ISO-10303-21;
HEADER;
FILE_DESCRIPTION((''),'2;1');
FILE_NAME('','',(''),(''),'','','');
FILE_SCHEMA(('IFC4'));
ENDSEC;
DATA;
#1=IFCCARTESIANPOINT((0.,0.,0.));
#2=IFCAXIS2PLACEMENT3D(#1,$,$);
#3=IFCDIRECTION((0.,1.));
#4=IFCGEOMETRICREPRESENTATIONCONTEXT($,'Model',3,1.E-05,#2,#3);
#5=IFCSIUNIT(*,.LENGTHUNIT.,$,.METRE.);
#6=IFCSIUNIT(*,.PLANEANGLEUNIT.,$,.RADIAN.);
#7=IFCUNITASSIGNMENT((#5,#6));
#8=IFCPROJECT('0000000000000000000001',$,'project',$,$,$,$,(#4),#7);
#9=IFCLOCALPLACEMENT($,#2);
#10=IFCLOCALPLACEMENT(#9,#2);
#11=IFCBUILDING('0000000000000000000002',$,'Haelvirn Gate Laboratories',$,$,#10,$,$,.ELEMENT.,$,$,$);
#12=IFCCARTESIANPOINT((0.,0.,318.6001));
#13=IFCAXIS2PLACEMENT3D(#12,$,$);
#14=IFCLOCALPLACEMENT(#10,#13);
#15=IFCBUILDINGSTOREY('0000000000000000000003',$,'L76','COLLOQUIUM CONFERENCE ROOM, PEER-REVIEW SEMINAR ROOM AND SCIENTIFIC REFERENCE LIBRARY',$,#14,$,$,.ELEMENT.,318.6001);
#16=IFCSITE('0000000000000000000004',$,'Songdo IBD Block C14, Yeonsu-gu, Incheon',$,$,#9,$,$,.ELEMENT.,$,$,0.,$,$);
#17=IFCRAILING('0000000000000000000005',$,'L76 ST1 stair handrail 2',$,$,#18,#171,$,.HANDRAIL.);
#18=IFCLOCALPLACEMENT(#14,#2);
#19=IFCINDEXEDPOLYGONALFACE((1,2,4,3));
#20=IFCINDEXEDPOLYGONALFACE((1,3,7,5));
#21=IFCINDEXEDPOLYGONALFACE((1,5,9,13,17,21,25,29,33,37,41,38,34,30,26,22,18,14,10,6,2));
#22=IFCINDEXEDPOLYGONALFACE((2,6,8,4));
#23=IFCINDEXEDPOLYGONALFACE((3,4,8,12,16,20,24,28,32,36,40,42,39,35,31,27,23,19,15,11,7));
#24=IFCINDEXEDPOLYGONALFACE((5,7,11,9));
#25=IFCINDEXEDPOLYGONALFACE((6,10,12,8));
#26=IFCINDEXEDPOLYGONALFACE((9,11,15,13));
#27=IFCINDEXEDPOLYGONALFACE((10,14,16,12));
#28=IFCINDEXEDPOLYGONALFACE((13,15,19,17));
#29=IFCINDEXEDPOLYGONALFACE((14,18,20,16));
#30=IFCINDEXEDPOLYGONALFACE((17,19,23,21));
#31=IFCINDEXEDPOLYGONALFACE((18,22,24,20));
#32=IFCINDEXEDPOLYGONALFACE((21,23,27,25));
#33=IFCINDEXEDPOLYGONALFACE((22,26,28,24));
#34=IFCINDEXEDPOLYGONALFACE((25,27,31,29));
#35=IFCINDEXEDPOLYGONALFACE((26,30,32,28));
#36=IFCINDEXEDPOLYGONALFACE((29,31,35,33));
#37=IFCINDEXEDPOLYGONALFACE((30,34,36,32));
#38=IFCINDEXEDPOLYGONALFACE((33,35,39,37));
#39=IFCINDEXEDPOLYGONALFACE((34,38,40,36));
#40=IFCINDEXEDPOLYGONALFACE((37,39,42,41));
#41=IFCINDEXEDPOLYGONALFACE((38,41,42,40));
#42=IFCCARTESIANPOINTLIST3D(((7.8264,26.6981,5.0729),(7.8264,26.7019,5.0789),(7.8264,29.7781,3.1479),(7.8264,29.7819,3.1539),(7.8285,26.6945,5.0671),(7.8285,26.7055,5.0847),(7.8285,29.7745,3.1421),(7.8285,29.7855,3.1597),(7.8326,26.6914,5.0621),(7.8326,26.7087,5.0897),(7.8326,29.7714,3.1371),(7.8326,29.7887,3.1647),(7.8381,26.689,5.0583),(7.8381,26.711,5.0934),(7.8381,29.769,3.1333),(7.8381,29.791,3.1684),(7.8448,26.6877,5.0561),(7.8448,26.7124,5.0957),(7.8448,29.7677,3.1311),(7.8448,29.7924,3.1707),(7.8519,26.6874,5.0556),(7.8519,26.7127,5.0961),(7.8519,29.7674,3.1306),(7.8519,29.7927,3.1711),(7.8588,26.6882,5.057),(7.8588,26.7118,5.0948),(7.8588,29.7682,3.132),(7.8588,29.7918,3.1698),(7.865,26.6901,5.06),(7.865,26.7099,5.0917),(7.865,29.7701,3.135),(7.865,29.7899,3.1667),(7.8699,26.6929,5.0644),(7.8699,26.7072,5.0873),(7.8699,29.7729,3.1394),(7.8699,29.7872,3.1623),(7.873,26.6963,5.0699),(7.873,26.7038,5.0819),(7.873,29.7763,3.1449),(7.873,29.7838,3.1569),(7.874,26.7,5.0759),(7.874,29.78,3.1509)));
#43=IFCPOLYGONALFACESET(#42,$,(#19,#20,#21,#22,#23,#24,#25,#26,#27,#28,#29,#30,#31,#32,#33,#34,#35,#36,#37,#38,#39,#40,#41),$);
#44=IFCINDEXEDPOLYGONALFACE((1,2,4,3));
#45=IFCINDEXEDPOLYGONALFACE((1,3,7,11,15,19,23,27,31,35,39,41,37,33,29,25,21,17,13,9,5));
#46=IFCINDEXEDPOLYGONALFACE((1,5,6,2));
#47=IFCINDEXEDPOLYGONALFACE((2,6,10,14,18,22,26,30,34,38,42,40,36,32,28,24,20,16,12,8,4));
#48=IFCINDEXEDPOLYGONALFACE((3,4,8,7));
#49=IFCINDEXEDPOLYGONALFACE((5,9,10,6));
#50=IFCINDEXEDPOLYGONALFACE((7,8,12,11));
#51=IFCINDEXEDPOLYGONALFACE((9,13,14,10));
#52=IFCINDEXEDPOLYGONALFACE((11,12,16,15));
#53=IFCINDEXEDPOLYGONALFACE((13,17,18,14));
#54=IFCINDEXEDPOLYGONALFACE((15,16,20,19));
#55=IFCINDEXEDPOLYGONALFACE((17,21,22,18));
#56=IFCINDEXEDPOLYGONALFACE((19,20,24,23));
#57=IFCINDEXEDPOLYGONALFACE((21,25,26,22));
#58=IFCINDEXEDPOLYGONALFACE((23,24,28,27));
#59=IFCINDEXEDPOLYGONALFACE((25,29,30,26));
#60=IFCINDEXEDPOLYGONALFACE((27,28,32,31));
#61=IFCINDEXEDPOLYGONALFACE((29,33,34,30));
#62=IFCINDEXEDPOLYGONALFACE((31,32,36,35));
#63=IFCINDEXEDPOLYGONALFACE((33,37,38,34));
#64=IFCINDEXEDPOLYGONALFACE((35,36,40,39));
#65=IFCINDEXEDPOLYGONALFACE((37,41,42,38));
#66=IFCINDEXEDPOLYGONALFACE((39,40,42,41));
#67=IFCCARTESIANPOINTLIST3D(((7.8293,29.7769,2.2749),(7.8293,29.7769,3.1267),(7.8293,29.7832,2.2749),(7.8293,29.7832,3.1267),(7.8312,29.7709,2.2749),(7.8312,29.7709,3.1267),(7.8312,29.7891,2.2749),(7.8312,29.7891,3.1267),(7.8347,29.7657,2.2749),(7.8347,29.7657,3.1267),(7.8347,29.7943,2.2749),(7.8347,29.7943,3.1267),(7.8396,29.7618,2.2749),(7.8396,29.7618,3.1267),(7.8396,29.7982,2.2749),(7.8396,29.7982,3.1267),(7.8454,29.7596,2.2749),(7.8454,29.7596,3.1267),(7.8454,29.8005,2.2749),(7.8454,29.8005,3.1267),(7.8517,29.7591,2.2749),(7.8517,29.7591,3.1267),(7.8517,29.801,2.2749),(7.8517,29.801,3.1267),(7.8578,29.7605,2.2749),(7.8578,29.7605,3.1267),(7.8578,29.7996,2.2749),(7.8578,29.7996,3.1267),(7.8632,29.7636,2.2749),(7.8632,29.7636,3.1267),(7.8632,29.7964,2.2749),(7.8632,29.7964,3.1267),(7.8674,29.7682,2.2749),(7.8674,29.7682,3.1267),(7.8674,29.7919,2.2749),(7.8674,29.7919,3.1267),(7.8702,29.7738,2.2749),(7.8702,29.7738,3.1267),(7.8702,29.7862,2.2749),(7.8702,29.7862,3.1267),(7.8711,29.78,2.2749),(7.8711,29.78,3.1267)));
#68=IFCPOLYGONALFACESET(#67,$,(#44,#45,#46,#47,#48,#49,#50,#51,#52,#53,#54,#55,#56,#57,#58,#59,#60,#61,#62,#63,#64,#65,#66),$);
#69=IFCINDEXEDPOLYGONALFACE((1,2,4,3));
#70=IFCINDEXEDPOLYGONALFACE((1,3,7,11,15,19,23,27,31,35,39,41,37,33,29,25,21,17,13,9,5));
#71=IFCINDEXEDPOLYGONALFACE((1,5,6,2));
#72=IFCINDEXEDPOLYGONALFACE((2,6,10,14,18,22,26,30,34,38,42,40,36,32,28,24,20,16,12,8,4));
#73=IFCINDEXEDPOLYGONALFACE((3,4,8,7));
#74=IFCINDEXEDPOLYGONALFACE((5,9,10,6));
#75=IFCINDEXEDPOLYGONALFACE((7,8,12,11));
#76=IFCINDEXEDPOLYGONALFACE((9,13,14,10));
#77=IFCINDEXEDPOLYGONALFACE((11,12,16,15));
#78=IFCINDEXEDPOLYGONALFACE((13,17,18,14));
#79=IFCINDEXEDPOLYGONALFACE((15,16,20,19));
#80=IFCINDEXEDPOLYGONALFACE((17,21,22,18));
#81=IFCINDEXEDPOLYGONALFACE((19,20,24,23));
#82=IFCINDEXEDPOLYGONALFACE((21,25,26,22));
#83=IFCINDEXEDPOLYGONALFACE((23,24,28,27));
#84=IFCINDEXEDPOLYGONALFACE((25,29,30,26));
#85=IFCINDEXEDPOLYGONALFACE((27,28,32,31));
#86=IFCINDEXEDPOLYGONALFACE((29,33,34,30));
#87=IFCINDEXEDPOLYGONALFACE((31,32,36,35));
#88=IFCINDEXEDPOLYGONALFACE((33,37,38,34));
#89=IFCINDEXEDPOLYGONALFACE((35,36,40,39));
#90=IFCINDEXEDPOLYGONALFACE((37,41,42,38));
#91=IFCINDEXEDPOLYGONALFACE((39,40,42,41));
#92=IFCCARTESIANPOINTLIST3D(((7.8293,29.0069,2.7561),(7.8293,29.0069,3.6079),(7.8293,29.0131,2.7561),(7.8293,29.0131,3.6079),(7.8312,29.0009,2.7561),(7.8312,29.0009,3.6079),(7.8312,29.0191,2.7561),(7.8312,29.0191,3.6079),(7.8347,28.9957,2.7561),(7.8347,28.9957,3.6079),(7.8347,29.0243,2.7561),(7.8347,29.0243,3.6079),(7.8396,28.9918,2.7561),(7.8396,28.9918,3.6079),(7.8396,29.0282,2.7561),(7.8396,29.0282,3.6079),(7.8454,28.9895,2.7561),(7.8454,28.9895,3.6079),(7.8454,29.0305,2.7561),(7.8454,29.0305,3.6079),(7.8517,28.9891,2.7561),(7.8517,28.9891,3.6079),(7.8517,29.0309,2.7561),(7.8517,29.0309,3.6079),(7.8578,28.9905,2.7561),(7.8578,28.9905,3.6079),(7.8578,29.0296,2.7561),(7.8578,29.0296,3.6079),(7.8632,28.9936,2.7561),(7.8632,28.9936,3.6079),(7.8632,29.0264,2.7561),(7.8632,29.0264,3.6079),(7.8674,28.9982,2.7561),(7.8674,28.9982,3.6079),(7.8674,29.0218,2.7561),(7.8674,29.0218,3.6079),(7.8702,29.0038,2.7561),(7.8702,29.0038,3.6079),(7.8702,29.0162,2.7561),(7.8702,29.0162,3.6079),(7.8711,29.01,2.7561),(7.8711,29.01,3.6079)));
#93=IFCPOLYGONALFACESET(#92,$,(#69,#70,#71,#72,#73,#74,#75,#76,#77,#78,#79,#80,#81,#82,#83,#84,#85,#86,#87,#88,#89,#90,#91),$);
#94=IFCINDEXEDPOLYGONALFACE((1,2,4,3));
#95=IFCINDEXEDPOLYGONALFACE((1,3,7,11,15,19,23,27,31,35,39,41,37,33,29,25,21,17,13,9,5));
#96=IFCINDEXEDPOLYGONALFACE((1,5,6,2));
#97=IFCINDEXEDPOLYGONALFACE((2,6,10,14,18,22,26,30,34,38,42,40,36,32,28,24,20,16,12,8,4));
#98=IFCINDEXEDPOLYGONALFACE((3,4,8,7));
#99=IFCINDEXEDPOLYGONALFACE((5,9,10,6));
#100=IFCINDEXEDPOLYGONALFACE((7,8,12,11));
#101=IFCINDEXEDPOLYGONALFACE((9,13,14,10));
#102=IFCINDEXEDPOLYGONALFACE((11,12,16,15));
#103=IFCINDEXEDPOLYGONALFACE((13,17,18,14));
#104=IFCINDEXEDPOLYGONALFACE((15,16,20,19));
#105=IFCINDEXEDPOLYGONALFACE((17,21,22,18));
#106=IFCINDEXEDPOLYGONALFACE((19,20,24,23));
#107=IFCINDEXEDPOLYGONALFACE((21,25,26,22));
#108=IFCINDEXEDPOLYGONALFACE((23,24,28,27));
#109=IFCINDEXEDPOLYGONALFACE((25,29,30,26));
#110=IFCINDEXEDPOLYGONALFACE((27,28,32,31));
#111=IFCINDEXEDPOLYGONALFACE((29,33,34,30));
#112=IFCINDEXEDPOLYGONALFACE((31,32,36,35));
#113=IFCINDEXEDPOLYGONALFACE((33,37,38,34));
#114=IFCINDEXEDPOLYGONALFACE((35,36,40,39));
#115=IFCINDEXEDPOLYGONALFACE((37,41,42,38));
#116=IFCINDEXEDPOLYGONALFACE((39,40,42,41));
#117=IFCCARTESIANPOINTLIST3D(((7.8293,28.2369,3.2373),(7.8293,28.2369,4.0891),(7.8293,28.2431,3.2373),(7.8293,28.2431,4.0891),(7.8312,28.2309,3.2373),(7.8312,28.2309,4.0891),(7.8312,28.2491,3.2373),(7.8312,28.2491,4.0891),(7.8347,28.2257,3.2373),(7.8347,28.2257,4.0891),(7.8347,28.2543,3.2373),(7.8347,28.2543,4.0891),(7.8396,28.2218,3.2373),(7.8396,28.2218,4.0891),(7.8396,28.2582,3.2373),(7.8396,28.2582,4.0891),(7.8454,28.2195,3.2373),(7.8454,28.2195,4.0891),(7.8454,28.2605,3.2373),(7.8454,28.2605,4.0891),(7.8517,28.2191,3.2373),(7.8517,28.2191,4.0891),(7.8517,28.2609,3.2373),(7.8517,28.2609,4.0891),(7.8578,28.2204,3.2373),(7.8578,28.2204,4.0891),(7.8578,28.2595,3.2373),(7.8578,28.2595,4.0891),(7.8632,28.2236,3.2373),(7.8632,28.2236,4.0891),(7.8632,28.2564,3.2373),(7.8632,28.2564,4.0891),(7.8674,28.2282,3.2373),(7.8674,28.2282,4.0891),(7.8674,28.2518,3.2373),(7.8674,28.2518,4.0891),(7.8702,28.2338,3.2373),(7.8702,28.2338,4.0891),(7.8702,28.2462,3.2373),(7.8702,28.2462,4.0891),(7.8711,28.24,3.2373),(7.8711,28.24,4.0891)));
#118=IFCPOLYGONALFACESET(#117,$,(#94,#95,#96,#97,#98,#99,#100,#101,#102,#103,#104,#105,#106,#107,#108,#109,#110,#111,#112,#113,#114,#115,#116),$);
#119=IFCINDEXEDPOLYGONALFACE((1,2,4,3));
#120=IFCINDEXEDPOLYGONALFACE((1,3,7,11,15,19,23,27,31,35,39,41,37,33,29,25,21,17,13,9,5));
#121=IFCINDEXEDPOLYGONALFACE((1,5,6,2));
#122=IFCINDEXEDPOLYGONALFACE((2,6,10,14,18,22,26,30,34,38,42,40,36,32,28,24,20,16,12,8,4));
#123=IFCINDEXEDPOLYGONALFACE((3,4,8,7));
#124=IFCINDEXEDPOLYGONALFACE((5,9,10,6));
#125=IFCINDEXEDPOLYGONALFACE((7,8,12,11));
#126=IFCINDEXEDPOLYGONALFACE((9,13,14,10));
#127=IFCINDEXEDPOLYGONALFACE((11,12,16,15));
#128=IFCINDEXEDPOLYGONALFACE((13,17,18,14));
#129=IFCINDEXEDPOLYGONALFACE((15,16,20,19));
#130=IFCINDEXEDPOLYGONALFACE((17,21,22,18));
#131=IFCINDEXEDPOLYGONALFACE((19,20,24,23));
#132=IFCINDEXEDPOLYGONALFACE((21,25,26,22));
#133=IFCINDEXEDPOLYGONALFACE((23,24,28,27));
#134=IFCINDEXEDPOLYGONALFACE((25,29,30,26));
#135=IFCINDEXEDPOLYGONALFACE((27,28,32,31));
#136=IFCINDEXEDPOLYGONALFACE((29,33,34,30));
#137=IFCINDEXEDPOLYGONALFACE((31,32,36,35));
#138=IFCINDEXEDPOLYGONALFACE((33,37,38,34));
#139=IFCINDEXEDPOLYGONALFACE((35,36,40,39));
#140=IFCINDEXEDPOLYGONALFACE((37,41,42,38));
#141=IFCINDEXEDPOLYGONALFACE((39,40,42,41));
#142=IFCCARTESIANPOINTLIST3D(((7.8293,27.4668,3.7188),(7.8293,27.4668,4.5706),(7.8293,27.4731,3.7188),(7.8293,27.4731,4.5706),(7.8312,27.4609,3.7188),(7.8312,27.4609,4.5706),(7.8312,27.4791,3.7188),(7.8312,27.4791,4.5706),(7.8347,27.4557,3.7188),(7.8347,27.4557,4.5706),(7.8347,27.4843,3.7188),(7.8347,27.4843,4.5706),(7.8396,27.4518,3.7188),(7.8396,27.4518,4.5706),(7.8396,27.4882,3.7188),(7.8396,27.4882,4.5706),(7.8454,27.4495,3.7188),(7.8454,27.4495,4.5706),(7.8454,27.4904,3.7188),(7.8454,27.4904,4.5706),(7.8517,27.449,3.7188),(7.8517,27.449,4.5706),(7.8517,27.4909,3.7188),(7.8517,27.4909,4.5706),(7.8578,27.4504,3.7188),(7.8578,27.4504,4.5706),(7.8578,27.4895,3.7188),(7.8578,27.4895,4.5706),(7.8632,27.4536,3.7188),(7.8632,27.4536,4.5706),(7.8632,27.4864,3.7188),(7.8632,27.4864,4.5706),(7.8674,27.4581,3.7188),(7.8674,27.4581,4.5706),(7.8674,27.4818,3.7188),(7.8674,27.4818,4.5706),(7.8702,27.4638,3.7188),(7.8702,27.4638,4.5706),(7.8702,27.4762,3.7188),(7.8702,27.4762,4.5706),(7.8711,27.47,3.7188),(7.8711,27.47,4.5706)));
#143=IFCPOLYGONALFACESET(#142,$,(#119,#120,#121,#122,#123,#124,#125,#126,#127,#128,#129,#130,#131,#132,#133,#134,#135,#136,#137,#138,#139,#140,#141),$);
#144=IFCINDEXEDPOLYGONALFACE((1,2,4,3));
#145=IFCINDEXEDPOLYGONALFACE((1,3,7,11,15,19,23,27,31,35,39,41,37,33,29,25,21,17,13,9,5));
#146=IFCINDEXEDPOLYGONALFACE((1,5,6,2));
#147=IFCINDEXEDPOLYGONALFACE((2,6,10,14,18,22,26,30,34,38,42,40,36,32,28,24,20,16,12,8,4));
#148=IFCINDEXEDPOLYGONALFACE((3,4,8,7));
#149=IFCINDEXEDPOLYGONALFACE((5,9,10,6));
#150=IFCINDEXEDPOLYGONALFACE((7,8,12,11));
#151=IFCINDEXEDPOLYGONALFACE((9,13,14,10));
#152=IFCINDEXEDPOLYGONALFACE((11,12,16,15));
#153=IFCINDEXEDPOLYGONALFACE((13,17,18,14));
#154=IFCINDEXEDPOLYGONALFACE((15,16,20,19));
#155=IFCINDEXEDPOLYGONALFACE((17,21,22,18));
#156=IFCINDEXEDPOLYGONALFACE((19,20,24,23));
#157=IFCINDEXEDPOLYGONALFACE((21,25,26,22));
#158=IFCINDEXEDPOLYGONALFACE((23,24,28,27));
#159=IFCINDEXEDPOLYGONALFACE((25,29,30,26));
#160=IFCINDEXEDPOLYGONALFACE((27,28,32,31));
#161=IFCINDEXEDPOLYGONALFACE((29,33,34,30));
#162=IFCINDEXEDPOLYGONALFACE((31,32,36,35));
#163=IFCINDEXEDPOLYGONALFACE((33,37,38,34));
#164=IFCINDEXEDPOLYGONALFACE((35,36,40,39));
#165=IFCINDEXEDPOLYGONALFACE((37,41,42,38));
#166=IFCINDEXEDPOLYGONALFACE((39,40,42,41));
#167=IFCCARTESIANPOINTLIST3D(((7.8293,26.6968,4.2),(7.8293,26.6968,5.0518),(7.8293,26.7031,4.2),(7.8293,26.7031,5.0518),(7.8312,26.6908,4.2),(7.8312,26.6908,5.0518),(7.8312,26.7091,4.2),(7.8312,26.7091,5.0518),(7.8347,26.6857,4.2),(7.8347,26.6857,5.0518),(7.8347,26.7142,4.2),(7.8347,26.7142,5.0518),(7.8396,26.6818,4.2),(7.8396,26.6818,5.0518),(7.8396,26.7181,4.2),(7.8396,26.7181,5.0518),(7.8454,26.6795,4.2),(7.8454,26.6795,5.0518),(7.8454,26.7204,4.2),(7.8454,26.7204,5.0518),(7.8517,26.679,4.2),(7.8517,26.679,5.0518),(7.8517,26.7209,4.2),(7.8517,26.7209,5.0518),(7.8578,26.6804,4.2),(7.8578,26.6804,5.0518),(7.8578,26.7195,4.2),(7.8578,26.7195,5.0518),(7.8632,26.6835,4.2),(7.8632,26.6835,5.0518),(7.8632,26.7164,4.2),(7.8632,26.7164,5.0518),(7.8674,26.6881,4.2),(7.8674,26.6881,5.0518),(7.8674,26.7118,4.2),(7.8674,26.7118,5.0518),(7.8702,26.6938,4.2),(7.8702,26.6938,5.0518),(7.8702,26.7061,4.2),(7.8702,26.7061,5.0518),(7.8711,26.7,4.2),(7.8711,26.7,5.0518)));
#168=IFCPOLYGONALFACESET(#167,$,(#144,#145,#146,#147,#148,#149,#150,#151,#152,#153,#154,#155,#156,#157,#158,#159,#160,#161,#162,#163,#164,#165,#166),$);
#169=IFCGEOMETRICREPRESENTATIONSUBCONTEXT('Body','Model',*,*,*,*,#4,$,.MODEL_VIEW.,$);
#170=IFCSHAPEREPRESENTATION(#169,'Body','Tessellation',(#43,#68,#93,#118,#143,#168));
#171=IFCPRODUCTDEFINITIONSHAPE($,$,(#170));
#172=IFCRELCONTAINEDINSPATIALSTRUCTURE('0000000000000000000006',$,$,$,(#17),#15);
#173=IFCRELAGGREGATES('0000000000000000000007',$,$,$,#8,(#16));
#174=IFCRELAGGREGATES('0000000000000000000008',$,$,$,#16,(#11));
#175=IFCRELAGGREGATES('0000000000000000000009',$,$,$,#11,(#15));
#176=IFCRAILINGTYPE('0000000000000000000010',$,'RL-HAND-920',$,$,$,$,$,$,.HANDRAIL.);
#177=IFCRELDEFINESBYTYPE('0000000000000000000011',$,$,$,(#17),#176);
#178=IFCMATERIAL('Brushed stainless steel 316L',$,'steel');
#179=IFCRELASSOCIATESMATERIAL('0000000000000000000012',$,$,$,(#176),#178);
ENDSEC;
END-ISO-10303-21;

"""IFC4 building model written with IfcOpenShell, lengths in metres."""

from ifc_helpers import new_model, si_unit, direction, frame, origin, origin_2d, place, context, subcontext, project, spatial, circle, extrude, source, transform, mapped, material, type_object, element, save


model = new_model("IFC4")

# Units and contexts
model_context = context("Model", 3, precision=1e-05, world=origin(), true_north=direction((0.0, 1.0)))
body_context = subcontext(model_context, "Body", "Model", "MODEL_VIEW")
ifc_project = project(units=[si_unit("LENGTHUNIT", "METRE"), si_unit("PLANEANGLEUNIT", "RADIAN")], contexts=[model_context])

# Site, building, storey
site_placement = place(None, origin())
site = spatial("IfcSite", under=ifc_project, at=site_placement, Name="Songdo IBD Block C14, Yeonsu-gu, Incheon", CompositionType="ELEMENT", RefElevation=0.0)
building_placement = place(site_placement, origin())
building = spatial("IfcBuilding", under=site, at=building_placement, Name="Haelvirn Gate Laboratories", CompositionType="ELEMENT")
storey_placement = place(building_placement, frame((0.0, 0.0, 318.6001)))
storey = spatial("IfcBuildingStorey", under=building, at=storey_placement, Name="L76", Description="COLLOQUIUM CONFERENCE ROOM, PEER-REVIEW SEMINAR ROOM AND SCIENTIFIC REFERENCE LIBRARY", CompositionType="ELEMENT", Elevation=318.6001)

# Railing
ifc_material_1 = material(Name="Brushed stainless steel 316L", Category="steel")
railing_type_1 = type_object("IfcRailingType", Name="RL-HAND-920", PredefinedType="HANDRAIL", material=ifc_material_1)
shared_shape_1 = source(origin(), body_context, "Body", "SweptSolid", [
    extrude(circle(Radius=0.0239, at=origin_2d()), frame((0.0, 0.0, 0.876), z_axis=(0.0, -0.847998, 0.529999), x_axis=(1.0, 0.0, 0.0)), (0.0, 0.0, 1.0), 3.6321),
    extrude(circle(Radius=0.021, at=origin_2d()), origin(), (0.0, 0.0, 1.0), 0.8518),
    extrude(circle(Radius=0.021, at=origin_2d()), frame((0.0, -0.77, 0.4812)), (0.0, 0.0, 1.0), 0.8518),
    extrude(circle(Radius=0.021, at=origin_2d()), frame((0.0, -1.54, 0.9624)), (0.0, 0.0, 1.0), 0.8518),
    extrude(circle(Radius=0.021, at=origin_2d()), frame((0.0, -2.3101, 1.4438)), (0.0, 0.0, 1.0), 0.8518),
    extrude(circle(Radius=0.021, at=origin_2d()), frame((0.0, -3.0801, 1.925)), (0.0, 0.0, 1.0), 0.8518),
])
railing_1_placement = place(storey_placement, frame((7.8501, 29.78, 2.2749)))
element("IfcRailing", 1, at=railing_1_placement, inside=storey, type_object=railing_type_1, Name="L76 ST1 stair handrail 2", PredefinedType="HANDRAIL", context=body_context, shape_type="MappedRepresentation", body=[
    mapped(shared_shape_1, transform((0.0, 0.0, 0.0), scale=1.0)),
])

save(model, "model.ifc")
